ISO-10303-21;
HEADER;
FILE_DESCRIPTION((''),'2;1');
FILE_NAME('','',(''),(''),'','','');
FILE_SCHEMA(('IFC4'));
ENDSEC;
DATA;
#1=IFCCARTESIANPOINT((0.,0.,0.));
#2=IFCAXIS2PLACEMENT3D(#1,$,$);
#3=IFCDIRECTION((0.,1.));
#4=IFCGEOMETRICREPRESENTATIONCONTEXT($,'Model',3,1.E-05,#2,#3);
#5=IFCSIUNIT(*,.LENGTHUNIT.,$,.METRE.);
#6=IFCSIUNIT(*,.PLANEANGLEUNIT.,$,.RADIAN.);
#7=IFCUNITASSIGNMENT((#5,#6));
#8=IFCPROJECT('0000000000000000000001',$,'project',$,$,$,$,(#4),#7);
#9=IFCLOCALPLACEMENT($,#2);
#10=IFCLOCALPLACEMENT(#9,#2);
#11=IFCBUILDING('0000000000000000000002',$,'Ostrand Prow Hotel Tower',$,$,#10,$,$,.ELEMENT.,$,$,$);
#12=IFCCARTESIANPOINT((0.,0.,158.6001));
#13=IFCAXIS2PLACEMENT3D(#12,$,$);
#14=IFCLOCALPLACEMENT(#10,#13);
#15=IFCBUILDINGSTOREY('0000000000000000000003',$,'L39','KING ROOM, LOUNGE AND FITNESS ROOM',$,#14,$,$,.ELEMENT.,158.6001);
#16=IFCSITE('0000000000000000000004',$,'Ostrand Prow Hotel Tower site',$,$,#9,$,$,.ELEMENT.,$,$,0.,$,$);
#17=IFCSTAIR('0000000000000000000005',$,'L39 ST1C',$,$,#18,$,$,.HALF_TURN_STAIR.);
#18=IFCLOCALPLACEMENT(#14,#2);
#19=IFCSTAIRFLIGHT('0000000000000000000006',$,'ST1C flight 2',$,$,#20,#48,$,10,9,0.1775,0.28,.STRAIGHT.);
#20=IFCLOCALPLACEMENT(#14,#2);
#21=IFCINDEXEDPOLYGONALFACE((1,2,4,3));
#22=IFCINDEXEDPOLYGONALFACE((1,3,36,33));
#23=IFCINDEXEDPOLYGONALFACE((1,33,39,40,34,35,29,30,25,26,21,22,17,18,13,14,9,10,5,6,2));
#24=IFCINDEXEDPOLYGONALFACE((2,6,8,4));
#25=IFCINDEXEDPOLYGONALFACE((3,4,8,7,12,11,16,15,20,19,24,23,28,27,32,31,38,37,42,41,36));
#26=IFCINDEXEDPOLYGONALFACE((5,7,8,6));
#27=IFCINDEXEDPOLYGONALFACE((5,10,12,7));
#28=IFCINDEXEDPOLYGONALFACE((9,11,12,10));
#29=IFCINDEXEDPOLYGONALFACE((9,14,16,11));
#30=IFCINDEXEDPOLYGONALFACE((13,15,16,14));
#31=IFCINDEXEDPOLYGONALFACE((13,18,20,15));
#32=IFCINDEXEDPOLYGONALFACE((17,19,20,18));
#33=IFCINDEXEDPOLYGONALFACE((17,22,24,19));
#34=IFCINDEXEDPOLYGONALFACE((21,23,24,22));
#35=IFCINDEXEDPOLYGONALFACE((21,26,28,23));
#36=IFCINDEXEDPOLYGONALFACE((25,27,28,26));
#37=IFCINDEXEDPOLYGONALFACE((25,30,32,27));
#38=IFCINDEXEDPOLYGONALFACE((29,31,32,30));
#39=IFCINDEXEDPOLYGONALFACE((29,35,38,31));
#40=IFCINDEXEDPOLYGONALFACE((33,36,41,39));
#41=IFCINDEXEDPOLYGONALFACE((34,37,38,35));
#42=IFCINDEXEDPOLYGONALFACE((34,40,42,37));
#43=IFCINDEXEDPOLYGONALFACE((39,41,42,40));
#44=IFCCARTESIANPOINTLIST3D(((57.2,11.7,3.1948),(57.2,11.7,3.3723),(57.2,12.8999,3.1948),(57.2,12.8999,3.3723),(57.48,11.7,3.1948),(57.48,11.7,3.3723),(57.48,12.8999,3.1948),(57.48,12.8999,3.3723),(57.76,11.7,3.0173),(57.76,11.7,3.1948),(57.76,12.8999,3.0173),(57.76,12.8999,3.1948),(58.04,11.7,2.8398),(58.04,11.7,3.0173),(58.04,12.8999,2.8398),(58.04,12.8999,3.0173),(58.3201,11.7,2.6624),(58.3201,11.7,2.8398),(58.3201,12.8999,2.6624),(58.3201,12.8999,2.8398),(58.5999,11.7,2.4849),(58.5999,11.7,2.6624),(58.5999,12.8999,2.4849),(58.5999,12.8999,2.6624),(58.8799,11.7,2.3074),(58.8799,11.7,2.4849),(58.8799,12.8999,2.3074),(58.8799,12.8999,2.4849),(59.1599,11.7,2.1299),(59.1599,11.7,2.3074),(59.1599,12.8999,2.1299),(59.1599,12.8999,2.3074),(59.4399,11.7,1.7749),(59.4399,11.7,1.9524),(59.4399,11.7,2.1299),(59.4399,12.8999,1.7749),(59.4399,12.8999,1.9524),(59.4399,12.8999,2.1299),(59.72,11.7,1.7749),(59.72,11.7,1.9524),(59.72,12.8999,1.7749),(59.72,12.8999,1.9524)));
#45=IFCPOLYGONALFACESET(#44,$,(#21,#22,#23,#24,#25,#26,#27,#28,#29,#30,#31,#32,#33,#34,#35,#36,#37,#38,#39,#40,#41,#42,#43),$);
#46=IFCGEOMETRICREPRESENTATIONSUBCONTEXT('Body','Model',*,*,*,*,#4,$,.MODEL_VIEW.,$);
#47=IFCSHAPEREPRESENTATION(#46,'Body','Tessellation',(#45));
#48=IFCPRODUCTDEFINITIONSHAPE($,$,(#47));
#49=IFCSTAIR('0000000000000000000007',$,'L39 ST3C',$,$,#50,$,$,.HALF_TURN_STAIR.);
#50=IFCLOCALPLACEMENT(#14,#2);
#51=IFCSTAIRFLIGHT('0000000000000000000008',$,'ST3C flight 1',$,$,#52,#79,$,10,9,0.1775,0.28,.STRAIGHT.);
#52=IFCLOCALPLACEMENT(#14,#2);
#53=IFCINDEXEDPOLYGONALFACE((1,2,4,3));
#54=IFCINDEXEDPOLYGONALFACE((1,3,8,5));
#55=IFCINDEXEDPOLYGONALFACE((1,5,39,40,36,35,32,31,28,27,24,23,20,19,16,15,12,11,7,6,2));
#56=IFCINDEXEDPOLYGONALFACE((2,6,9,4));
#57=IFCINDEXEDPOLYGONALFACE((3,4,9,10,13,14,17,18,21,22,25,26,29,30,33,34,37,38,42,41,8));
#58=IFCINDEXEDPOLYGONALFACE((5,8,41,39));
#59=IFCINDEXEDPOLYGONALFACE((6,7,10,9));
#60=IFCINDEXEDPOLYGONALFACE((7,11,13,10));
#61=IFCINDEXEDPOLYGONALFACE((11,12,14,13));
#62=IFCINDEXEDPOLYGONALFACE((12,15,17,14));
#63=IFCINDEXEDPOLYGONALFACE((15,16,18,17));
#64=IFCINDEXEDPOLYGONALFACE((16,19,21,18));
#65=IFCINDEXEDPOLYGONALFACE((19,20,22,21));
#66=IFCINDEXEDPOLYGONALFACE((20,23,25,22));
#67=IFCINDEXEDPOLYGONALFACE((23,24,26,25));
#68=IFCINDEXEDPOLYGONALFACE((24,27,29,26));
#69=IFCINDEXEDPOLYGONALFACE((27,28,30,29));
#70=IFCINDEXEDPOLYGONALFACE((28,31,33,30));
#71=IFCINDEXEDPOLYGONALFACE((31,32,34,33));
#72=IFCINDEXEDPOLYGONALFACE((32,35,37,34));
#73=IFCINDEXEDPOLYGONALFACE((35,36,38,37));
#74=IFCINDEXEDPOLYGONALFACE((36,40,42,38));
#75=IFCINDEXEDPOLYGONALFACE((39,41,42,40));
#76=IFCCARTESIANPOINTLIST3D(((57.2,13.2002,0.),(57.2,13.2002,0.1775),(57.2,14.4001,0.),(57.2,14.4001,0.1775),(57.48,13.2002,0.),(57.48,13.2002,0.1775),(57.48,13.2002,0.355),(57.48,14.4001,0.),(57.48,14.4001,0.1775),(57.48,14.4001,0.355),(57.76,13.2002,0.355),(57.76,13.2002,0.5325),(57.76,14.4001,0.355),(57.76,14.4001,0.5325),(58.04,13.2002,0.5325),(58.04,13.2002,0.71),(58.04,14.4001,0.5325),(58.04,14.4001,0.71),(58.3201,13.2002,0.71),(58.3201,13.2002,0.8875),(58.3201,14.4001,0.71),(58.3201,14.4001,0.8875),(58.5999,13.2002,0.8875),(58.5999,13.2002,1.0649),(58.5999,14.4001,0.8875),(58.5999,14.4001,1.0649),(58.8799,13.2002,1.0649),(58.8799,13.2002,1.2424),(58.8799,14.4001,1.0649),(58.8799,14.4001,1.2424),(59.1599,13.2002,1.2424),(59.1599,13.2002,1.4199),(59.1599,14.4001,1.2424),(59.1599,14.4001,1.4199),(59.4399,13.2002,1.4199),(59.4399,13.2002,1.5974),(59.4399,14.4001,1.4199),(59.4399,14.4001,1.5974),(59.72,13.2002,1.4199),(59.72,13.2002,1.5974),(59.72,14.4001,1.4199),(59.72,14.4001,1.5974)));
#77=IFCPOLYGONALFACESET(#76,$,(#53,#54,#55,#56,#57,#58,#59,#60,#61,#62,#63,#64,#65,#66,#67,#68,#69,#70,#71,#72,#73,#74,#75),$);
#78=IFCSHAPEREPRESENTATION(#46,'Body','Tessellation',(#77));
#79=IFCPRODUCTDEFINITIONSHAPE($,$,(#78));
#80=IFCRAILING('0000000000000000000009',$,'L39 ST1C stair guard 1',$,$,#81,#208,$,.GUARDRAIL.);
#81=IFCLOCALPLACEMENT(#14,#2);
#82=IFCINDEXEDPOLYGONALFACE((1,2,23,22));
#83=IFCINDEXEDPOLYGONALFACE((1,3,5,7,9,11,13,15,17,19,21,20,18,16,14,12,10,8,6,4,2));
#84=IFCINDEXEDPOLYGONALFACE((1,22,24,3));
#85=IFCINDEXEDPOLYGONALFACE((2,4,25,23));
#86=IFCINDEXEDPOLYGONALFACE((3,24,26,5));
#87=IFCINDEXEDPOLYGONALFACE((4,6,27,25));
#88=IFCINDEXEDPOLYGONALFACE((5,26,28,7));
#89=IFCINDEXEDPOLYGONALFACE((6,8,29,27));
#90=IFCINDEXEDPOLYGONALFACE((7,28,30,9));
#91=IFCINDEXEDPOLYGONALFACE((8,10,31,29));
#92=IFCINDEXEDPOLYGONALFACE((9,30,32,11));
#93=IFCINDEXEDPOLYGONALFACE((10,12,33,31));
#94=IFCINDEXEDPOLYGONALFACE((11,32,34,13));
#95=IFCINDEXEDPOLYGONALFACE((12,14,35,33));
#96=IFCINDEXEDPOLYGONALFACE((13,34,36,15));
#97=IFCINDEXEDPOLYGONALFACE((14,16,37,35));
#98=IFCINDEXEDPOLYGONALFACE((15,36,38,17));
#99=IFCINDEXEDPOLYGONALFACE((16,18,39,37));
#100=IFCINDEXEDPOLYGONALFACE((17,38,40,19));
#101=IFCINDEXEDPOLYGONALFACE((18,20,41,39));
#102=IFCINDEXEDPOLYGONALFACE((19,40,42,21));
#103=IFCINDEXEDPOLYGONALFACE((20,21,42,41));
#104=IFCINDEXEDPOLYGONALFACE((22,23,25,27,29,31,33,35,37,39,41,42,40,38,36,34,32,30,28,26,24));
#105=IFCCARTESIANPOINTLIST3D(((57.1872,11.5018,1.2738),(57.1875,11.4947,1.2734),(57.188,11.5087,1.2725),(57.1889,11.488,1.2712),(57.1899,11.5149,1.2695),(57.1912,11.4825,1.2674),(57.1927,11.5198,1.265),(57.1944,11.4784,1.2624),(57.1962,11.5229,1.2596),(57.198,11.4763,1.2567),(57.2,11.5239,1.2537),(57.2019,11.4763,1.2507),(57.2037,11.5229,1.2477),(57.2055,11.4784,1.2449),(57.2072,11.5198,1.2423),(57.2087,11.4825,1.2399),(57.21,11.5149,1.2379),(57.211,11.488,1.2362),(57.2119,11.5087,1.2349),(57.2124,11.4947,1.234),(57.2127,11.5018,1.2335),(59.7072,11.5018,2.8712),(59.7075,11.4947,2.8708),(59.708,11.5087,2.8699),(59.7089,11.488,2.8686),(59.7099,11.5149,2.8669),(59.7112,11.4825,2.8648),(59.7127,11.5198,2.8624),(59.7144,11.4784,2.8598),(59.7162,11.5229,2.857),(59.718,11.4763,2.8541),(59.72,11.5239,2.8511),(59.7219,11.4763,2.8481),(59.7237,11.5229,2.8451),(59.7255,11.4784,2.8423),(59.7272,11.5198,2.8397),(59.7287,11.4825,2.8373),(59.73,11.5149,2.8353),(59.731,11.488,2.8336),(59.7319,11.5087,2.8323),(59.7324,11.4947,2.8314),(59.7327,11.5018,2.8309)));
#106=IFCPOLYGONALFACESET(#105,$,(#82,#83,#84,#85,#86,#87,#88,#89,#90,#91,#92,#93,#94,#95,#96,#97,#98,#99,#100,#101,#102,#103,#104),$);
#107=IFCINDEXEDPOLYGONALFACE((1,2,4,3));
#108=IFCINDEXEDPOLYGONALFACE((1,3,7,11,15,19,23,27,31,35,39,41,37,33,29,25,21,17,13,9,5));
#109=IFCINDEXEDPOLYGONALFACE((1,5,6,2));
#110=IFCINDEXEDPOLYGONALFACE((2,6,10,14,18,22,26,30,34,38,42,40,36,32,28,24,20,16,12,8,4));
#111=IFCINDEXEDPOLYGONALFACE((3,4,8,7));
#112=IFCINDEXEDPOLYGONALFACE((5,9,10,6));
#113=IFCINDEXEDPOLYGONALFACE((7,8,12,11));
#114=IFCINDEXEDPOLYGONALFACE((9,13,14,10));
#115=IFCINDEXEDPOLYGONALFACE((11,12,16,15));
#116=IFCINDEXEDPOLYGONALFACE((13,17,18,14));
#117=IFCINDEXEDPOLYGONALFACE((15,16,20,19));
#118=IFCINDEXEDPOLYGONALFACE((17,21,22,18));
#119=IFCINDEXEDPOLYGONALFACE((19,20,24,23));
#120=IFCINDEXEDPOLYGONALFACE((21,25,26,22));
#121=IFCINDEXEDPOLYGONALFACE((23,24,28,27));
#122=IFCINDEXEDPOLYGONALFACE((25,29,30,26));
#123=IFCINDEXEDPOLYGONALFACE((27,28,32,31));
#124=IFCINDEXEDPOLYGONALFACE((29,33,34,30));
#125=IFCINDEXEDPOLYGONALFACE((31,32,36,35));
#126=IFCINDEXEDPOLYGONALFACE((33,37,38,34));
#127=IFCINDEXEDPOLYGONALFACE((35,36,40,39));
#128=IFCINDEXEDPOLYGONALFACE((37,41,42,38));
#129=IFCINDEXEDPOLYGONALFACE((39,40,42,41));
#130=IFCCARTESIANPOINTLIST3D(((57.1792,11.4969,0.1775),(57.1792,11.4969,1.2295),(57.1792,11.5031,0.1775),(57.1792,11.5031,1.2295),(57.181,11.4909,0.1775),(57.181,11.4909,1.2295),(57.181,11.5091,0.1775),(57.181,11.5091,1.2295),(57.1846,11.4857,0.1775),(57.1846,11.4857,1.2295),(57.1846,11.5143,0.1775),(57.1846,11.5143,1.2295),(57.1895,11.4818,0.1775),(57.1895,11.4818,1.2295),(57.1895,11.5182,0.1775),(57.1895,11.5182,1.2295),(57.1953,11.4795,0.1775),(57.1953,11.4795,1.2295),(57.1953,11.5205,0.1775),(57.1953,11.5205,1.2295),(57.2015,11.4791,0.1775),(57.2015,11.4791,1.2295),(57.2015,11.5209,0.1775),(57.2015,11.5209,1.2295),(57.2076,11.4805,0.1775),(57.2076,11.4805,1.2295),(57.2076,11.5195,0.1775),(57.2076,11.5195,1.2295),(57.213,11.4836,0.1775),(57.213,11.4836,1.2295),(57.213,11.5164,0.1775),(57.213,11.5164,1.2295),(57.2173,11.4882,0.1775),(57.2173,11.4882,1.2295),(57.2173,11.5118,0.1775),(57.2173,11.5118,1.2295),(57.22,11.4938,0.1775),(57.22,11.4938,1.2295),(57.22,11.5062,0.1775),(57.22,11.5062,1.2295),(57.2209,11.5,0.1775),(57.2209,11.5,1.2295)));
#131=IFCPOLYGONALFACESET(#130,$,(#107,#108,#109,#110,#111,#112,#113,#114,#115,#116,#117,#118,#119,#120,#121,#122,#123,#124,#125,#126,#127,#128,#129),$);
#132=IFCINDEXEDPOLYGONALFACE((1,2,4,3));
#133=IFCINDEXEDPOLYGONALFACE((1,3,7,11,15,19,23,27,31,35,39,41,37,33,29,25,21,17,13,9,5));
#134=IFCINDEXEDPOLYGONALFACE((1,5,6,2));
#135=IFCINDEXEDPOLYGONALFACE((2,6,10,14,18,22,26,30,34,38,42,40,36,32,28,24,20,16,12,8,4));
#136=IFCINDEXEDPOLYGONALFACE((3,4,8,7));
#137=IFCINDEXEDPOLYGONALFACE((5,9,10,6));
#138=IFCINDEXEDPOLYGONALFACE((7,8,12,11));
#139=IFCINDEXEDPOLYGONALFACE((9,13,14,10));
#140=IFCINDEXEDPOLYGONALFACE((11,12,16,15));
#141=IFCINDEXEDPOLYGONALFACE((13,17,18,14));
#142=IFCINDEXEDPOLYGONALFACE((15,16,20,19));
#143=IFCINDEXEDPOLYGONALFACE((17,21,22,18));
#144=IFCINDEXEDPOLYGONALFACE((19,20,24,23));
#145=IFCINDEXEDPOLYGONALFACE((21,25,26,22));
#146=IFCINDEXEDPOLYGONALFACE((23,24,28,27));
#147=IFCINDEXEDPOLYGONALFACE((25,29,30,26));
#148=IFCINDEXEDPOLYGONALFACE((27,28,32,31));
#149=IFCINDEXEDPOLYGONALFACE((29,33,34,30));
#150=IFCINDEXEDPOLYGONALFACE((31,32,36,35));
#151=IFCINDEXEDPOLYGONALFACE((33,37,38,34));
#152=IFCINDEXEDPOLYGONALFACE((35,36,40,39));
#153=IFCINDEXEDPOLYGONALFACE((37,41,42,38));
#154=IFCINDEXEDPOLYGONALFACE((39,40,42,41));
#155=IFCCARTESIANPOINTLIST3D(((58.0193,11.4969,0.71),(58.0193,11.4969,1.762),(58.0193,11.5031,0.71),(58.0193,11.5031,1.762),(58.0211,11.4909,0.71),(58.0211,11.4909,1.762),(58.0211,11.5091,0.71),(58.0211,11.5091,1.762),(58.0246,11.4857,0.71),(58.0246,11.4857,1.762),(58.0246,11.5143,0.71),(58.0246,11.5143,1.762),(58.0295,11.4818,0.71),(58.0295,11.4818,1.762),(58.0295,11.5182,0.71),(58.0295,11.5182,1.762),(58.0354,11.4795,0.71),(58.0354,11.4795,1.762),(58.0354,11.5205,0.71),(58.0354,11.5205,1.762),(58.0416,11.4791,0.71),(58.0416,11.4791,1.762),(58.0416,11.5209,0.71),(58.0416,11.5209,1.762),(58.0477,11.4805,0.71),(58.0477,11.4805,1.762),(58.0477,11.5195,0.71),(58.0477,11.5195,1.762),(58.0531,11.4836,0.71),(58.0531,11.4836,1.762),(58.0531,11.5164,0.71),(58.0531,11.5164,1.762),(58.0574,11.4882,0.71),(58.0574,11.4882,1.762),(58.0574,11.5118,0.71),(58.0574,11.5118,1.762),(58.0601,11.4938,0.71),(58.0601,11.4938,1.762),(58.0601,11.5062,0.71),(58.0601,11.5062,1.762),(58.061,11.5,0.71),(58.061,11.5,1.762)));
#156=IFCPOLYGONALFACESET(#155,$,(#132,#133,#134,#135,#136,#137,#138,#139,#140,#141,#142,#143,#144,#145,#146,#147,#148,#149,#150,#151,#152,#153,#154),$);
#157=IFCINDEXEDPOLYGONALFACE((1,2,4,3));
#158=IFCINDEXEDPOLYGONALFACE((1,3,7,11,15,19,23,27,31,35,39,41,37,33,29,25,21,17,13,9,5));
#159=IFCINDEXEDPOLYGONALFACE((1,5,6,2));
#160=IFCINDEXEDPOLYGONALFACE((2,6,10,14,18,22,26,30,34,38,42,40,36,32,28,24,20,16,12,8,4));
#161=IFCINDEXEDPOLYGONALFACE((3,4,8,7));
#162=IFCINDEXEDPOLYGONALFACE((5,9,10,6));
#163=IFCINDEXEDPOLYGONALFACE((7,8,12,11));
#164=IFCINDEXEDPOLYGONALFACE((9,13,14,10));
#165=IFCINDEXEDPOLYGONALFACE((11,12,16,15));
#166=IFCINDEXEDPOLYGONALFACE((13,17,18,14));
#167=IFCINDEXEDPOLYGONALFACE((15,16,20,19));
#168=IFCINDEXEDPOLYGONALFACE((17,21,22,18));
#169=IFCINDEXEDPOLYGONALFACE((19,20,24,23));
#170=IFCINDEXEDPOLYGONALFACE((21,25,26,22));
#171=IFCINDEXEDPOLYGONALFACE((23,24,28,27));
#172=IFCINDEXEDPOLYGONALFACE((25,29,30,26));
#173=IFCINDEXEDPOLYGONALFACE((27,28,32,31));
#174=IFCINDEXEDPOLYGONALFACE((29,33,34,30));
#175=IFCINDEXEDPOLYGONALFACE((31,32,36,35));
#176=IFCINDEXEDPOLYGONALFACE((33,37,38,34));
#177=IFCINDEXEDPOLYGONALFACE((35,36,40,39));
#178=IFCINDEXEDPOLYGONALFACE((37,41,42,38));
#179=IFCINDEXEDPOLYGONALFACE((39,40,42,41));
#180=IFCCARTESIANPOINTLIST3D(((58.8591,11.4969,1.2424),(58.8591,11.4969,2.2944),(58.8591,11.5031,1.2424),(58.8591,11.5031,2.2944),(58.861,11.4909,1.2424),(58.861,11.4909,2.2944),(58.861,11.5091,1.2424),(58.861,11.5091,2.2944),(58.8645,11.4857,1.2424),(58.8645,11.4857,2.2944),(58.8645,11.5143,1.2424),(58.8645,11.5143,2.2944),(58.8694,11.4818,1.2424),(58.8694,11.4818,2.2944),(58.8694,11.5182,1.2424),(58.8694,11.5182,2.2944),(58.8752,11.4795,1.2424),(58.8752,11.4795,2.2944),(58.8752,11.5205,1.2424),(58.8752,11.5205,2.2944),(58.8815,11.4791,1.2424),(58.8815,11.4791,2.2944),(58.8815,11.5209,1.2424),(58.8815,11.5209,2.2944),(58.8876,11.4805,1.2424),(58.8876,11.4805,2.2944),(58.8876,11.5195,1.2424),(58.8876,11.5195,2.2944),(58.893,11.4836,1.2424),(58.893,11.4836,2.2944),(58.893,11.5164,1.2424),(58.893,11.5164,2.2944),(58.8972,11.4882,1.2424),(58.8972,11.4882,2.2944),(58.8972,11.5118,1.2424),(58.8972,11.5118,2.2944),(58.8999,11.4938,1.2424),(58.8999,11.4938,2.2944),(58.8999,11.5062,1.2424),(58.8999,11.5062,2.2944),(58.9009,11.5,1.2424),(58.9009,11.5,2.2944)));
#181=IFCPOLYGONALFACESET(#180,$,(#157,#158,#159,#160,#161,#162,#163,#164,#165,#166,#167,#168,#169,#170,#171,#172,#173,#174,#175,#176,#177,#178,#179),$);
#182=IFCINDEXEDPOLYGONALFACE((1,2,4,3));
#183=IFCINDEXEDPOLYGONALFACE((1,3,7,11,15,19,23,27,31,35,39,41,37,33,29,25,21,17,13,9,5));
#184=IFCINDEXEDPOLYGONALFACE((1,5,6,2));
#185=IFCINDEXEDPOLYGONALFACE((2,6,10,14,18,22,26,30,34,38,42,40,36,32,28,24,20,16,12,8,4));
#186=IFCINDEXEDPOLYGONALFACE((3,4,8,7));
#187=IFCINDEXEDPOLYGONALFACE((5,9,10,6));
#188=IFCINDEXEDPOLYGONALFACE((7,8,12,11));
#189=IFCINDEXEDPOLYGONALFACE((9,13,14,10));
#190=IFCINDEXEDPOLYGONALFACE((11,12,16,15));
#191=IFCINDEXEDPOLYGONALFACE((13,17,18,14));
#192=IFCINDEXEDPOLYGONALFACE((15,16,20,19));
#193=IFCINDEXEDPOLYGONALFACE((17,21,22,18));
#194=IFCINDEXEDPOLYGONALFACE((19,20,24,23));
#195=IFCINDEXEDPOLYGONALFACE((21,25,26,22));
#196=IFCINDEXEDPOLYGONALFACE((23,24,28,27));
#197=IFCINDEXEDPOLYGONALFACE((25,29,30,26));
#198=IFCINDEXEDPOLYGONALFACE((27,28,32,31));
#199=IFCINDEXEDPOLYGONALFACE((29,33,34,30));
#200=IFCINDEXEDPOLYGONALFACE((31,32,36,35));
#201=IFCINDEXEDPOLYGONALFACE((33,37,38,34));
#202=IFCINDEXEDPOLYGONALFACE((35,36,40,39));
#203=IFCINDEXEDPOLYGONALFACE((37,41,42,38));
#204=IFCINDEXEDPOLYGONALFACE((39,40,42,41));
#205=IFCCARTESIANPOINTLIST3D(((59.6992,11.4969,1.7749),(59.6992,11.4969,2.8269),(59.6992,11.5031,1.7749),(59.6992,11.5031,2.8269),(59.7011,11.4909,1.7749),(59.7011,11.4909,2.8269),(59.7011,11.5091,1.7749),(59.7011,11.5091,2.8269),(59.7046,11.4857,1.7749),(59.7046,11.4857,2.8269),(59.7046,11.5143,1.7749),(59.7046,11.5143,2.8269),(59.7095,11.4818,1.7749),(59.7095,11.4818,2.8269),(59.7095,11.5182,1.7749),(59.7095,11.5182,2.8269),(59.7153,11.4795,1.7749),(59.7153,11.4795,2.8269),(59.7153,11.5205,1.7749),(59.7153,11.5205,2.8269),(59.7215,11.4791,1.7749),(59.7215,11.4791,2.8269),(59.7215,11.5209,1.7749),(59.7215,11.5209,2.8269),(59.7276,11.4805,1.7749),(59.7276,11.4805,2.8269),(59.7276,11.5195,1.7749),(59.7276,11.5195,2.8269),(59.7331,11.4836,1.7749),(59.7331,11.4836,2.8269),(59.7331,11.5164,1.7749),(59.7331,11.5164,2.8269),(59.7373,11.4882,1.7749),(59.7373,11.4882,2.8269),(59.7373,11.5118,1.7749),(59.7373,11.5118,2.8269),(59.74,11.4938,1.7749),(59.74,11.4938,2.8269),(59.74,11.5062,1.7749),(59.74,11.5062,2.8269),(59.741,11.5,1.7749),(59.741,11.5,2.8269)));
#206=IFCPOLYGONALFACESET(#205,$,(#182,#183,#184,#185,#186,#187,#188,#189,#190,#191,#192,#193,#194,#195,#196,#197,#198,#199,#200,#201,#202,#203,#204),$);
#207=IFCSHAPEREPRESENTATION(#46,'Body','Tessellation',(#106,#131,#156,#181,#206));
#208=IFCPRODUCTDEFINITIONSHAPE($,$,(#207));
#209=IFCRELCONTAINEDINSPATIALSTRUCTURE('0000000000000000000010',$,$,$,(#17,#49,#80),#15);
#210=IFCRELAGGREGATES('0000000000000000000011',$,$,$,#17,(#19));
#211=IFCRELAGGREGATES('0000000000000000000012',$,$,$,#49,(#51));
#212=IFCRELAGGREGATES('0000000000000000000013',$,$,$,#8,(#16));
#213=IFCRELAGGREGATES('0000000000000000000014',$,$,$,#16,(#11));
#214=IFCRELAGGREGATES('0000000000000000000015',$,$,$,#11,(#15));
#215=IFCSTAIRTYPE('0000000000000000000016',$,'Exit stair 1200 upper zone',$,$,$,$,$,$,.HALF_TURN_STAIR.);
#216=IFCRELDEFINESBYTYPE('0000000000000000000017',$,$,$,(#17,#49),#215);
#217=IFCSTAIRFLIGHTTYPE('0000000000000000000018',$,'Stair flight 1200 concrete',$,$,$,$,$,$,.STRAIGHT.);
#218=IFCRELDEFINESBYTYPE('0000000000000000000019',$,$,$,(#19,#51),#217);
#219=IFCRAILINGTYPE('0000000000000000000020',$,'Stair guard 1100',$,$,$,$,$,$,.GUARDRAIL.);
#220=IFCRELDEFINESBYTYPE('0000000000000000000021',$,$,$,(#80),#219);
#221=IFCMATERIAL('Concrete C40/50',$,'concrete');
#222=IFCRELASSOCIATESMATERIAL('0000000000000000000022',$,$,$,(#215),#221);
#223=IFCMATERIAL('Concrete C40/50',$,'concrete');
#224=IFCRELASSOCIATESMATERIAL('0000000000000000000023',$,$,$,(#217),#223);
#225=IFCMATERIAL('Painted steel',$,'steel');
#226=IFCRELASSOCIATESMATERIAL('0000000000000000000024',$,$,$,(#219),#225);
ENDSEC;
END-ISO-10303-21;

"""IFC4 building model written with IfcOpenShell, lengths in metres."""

from ifc_helpers import new_model, si_unit, direction, frame, origin, origin_2d, place, context, subcontext, project, spatial, polyline, circle, outline, extrude, material, type_object, element, aggregate, save


model = new_model("IFC4")

# Units and contexts
model_context = context("Model", 3, precision=1e-05, world=origin(), true_north=direction((0.0, 1.0)))
body_context = subcontext(model_context, "Body", "Model", "MODEL_VIEW")
ifc_project = project(units=[si_unit("LENGTHUNIT", "METRE"), si_unit("PLANEANGLEUNIT", "RADIAN")], contexts=[model_context])

# Site, building, storey
site_placement = place(None, origin())
site = spatial("IfcSite", under=ifc_project, at=site_placement, Name="Ostrand Prow Hotel Tower site", CompositionType="ELEMENT", RefElevation=0.0)
building_placement = place(site_placement, origin())
building = spatial("IfcBuilding", under=site, at=building_placement, Name="Ostrand Prow Hotel Tower", CompositionType="ELEMENT")
storey_placement = place(building_placement, frame((0.0, 0.0, 158.6001)))
storey = spatial("IfcBuildingStorey", under=building, at=storey_placement, Name="L39", Description="KING ROOM, LOUNGE AND FITNESS ROOM", CompositionType="ELEMENT", Elevation=158.6001)

# Stair, stair flight
ifc_material_1 = material(Name="Concrete C40/50", Category="concrete")
stair_type = type_object("IfcStairType", Name="Exit stair 1200 upper zone", PredefinedType="HALF_TURN_STAIR", material=ifc_material_1)
stair_1_placement = place(storey_placement, origin())
stair_1 = element("IfcStair", 1, at=stair_1_placement, inside=storey, type_object=stair_type, Name="L39 ST1C", PredefinedType="HALF_TURN_STAIR")
ifc_material_2 = material(Name="Concrete C40/50", Category="concrete")
stair_flight_type = type_object("IfcStairFlightType", Name="Stair flight 1200 concrete", PredefinedType="STRAIGHT", material=ifc_material_2)
stair_flight_1_placement = place(storey_placement, frame((59.72, 12.3, 1.7749), z_axis=(0.0, 0.0, 1.0), x_axis=(-1.0, 0.0, 0.0)))
stair_flight_1 = element("IfcStairFlight", 2, at=stair_flight_1_placement, type_object=stair_flight_type, Name="ST1C flight 2", NumberOfRisers=10, NumberOfTreads=9, PredefinedType="STRAIGHT", RiserHeight=0.1775, TreadLength=0.28, context=body_context, shape_type="SweptSolid", body=[
    extrude(outline(polyline([(0.0, 0.0), (0.0, 0.1775), (0.28, 0.1775), (0.28, 0.355), (0.5601, 0.355), (0.5601, 0.5325), (0.8401, 0.5325), (0.8401, 0.71), (1.1201, 0.71), (1.1201, 0.8875), (1.3999, 0.8875), (1.3999, 1.0649), (1.6799, 1.0649), (1.6799, 1.2424), (1.96, 1.2424), (1.96, 1.4199), (2.24, 1.4199), (2.24, 1.5974), (2.52, 1.5974), (2.52, 1.7749), (2.52, 1.4199), (0.28, 0.0), (0.0, 0.0)])), frame((0.0, 0.6001, 0.0), z_axis=(0.0, -1.0, 0.0), x_axis=(1.0, 0.0, 0.0)), (0.0, 0.0, 1.0), 1.2),
])
aggregate(stair_1, [stair_flight_1])

# Stair, stair flight
stair_2_placement = place(storey_placement, origin())
stair_2 = element("IfcStair", 3, at=stair_2_placement, inside=storey, type_object=stair_type, Name="L39 ST3C", PredefinedType="HALF_TURN_STAIR")
stair_flight_2_placement = place(storey_placement, frame((57.2, 13.8, 0.0), z_axis=(0.0, 0.0, 1.0), x_axis=(1.0, 0.0, 0.0)))
stair_flight_2 = element("IfcStairFlight", 4, at=stair_flight_2_placement, type_object=stair_flight_type, Name="ST3C flight 1", NumberOfRisers=10, NumberOfTreads=9, PredefinedType="STRAIGHT", RiserHeight=0.1775, TreadLength=0.28, context=body_context, shape_type="SweptSolid", body=[
    extrude(outline(polyline([(0.0, 0.0), (0.0, 0.1775), (0.28, 0.1775), (0.28, 0.355), (0.5601, 0.355), (0.5601, 0.5325), (0.8401, 0.5325), (0.8401, 0.71), (1.1201, 0.71), (1.1201, 0.8875), (1.3999, 0.8875), (1.3999, 1.0649), (1.6799, 1.0649), (1.6799, 1.2424), (1.96, 1.2424), (1.96, 1.4199), (2.24, 1.4199), (2.24, 1.5974), (2.52, 1.5974), (2.52, 1.7749), (2.52, 1.4199), (0.28, 0.0), (0.0, 0.0)])), frame((0.0, 0.6001, 0.0), z_axis=(0.0, -1.0, 0.0), x_axis=(1.0, 0.0, 0.0)), (0.0, 0.0, 1.0), 1.2),
])
aggregate(stair_2, [stair_flight_2])

# Railing
ifc_material_3 = material(Name="Painted steel", Category="steel")
railing_type_1 = type_object("IfcRailingType", Name="Stair guard 1100", PredefinedType="GUARDRAIL", material=ifc_material_3)
railing_1_placement = place(storey_placement, frame((57.2, 11.5, 0.1775)))
element("IfcRailing", 5, at=railing_1_placement, inside=storey, type_object=railing_type_1, Name="L39 ST1C stair guard 1", PredefinedType="GUARDRAIL", context=body_context, shape_type="SweptSolid", body=[
    extrude(circle(Radius=0.0239, at=origin_2d()), frame((0.0, 0.0, 1.0762), z_axis=(0.844607, 0.0, 0.535387), x_axis=(0.0, 1.0, 0.0)), (0.0, 0.0, 1.0), 2.9836),
    extrude(circle(Radius=0.021, at=origin_2d()), origin(), (0.0, 0.0, 1.0), 1.052),
    extrude(circle(Radius=0.021, at=origin_2d()), frame((0.8401, 0.0, 0.5325)), (0.0, 0.0, 1.0), 1.052),
    extrude(circle(Radius=0.021, at=origin_2d()), frame((1.6799, 0.0, 1.0649)), (0.0, 0.0, 1.0), 1.052),
    extrude(circle(Radius=0.021, at=origin_2d()), frame((2.52, 0.0, 1.5974)), (0.0, 0.0, 1.0), 1.052),
])

save(model, "model.ifc")
